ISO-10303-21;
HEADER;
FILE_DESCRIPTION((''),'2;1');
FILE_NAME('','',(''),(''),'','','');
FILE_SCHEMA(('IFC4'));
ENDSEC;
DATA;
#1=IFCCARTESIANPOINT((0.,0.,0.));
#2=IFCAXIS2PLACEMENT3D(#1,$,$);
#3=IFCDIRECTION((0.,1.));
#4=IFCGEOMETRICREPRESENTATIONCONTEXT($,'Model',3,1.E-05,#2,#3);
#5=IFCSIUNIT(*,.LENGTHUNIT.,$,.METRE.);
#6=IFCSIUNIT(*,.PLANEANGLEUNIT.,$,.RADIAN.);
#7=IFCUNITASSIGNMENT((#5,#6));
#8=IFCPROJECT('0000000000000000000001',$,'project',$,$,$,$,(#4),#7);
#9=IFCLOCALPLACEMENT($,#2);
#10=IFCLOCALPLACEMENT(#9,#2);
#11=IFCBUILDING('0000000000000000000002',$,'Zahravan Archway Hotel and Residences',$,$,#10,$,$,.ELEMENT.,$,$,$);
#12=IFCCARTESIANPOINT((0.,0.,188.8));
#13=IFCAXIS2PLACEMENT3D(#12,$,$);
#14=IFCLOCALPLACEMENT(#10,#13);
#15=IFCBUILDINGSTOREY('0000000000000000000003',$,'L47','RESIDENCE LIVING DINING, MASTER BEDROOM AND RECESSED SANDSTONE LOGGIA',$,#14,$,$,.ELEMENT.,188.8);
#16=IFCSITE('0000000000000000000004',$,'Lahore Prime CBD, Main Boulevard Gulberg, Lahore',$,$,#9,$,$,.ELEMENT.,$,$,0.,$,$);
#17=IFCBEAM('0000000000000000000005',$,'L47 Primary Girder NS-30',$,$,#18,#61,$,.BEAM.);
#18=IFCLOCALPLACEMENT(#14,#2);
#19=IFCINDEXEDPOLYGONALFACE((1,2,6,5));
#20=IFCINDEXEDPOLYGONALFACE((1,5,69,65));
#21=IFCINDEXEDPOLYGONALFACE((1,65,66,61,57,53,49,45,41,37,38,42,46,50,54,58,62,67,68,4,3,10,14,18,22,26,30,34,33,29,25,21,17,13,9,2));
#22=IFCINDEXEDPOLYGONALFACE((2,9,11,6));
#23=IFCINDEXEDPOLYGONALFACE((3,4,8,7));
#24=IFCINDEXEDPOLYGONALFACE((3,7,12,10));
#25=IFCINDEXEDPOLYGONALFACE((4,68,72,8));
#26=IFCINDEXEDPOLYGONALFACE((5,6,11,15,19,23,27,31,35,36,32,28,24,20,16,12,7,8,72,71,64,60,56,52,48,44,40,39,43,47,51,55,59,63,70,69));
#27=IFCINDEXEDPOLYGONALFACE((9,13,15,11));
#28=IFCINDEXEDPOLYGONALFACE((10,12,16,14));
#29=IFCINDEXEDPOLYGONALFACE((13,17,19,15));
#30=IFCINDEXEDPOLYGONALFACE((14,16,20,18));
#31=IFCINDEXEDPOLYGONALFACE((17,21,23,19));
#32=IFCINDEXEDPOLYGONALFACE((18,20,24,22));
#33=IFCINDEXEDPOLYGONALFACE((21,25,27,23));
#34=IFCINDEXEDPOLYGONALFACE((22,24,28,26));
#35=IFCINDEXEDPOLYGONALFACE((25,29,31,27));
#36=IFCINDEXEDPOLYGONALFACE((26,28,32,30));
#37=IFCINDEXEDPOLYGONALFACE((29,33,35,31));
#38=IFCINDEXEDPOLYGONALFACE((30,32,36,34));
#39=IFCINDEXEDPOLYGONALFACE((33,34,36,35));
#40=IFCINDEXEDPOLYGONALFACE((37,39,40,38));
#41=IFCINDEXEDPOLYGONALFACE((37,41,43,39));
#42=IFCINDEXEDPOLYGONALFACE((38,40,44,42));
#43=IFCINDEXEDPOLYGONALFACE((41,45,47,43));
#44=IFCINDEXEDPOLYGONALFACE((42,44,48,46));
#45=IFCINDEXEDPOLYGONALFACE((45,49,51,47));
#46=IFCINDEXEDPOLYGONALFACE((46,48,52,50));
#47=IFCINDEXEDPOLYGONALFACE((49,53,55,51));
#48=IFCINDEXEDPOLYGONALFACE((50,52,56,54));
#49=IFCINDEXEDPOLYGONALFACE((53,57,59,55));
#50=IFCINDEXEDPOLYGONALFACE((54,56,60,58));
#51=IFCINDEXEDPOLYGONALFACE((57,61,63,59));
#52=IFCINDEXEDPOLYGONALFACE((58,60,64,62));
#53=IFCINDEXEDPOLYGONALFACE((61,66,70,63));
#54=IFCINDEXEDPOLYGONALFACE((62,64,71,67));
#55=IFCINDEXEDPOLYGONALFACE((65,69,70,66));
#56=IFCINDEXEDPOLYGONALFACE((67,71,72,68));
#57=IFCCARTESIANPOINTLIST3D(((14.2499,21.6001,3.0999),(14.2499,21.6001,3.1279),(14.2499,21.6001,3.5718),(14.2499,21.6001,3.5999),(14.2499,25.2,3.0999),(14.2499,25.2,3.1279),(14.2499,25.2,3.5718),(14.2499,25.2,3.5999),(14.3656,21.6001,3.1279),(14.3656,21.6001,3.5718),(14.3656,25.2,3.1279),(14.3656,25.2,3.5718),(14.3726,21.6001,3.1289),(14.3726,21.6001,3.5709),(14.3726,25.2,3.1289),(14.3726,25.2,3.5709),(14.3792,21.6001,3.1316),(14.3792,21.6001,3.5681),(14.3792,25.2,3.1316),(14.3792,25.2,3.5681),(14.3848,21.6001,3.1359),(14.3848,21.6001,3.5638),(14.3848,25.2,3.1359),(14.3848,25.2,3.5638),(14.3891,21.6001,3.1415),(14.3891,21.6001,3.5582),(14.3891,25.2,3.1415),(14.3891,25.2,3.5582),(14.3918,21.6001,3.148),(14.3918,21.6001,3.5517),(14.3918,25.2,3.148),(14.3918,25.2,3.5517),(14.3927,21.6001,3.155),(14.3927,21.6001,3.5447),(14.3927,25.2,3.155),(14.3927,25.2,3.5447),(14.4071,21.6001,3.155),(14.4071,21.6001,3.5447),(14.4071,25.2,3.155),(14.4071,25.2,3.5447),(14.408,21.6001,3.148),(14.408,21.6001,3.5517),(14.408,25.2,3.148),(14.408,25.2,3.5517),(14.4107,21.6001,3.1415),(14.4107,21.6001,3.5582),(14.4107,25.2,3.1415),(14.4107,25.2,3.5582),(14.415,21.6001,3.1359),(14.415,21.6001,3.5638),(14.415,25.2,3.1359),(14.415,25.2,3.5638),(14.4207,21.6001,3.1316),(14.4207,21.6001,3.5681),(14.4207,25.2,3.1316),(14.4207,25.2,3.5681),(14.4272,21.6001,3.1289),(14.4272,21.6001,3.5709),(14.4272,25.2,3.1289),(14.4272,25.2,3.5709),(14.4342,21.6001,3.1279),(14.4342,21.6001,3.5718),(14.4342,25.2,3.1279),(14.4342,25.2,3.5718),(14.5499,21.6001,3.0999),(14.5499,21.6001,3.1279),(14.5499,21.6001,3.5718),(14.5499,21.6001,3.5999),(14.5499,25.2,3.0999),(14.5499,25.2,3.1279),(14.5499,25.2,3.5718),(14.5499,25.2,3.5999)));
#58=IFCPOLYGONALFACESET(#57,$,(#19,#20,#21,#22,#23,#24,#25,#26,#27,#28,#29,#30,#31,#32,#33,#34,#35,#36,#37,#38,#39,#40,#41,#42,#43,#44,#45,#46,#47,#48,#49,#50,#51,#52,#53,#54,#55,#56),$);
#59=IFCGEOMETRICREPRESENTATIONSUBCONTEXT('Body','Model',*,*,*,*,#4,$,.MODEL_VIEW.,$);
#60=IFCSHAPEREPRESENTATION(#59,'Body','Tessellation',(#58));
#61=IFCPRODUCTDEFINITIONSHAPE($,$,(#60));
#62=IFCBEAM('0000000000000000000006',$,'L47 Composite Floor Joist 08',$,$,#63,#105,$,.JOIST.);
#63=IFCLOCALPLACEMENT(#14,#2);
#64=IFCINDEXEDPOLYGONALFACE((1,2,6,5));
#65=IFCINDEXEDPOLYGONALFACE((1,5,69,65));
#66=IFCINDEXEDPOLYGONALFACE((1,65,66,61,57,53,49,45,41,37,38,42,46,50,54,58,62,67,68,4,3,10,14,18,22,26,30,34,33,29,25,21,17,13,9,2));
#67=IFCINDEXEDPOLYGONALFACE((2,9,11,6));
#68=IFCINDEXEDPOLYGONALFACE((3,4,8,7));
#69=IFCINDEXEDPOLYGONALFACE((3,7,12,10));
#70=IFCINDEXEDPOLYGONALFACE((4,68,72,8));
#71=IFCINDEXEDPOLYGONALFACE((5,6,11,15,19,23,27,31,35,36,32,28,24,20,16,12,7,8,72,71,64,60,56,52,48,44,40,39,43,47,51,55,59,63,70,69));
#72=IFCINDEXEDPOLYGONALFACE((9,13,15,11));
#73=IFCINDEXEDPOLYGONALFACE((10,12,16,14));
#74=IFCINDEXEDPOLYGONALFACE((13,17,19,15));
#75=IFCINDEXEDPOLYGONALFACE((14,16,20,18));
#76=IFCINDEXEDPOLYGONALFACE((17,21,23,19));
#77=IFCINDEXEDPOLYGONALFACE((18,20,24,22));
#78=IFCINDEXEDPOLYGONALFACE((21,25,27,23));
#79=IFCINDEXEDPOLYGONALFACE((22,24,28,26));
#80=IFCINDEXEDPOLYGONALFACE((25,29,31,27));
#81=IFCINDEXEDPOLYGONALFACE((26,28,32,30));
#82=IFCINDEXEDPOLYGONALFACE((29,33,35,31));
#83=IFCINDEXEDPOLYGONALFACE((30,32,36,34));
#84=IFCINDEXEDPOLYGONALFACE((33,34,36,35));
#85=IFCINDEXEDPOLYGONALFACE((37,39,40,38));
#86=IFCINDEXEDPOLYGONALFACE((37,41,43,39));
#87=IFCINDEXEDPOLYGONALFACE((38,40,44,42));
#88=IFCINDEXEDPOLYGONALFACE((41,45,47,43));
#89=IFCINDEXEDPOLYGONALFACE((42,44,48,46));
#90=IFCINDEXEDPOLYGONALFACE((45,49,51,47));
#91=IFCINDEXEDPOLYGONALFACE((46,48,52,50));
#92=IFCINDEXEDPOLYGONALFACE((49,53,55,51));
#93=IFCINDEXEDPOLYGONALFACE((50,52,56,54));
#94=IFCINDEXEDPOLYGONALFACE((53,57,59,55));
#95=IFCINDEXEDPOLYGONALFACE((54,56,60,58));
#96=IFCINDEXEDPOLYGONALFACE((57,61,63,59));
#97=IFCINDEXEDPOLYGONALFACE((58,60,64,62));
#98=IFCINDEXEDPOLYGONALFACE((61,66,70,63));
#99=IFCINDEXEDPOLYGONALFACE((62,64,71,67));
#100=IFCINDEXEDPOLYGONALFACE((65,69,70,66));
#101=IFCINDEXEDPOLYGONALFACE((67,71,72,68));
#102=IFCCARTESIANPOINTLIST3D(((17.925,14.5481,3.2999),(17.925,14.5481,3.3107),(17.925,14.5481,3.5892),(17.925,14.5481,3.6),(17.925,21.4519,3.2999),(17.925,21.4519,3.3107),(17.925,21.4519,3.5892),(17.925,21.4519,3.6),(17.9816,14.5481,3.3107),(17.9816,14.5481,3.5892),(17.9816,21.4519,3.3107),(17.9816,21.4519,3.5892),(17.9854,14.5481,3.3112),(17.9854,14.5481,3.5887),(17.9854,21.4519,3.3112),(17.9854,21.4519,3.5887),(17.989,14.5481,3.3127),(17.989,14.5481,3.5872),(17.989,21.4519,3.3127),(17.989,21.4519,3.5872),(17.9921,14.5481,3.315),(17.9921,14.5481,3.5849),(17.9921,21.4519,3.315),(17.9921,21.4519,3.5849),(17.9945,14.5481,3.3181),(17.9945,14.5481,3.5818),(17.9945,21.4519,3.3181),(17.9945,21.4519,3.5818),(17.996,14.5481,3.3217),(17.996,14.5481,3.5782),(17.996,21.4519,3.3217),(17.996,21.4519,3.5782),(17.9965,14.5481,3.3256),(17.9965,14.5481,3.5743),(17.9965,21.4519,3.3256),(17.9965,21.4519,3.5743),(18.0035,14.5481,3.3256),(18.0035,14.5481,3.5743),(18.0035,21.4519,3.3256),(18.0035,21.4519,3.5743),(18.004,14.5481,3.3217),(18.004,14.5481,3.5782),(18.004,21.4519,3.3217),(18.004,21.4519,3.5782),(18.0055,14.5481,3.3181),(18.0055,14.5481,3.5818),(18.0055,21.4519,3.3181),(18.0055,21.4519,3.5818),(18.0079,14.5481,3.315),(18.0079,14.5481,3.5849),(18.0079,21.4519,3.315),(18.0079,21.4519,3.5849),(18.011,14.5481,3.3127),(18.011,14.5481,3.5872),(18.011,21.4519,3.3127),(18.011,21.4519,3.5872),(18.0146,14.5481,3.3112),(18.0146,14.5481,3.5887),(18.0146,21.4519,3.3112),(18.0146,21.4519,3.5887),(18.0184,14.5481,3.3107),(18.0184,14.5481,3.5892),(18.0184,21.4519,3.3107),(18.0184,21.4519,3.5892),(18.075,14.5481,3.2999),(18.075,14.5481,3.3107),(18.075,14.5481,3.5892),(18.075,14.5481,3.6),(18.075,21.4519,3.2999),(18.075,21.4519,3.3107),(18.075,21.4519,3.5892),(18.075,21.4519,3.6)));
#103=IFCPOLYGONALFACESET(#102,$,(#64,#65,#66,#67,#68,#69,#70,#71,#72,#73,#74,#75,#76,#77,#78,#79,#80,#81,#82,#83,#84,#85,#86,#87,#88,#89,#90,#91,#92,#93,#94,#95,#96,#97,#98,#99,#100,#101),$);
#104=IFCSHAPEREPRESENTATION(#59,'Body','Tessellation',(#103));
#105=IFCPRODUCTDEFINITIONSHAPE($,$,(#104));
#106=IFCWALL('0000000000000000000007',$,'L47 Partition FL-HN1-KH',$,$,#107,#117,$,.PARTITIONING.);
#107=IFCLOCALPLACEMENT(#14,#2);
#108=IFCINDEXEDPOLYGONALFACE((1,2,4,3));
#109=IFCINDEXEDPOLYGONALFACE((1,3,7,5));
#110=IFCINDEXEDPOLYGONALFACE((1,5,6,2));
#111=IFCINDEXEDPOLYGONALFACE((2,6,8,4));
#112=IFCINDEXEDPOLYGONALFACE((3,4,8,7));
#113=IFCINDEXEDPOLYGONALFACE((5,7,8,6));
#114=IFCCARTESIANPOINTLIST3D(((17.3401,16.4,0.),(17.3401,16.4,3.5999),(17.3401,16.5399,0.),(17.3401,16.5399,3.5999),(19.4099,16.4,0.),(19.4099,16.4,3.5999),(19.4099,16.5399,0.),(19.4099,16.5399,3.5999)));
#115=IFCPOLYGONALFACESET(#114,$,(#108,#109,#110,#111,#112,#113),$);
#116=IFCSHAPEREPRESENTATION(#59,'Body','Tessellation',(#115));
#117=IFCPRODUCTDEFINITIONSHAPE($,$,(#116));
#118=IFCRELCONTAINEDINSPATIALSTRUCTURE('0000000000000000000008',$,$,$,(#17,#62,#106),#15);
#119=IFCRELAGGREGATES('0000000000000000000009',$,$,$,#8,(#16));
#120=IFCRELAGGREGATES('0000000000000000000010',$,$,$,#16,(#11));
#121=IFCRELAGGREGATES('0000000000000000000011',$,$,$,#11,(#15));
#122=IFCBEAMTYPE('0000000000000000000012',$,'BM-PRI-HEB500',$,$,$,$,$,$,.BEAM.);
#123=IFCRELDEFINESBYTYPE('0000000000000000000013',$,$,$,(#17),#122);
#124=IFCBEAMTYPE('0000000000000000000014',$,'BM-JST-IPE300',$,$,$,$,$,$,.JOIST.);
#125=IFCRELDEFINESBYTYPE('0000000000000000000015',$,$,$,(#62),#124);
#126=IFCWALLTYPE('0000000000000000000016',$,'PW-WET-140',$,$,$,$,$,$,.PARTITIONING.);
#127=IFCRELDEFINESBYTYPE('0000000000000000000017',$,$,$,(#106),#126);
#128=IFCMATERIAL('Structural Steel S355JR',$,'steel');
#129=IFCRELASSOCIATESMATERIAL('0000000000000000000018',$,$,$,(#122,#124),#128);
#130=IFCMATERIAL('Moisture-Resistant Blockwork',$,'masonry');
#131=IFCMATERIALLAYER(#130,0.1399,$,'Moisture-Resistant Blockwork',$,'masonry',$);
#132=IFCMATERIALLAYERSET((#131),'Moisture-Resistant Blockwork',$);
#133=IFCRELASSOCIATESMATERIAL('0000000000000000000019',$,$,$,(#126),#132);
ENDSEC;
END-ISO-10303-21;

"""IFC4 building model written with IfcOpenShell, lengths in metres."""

from ifc_helpers import new_model, si_unit, direction, frame, frame_2d, origin, origin_2d, place, context, subcontext, project, spatial, rectangle, i_section, extrude, source, transform, mapped, material, layer, layer_set, material_profile, profile_set, type_object, element, save


model = new_model("IFC4")

# Units and contexts
model_context = context("Model", 3, precision=1e-05, world=origin(), true_north=direction((0.0, 1.0)))
body_context = subcontext(model_context, "Body", "Model", "MODEL_VIEW")
ifc_project = project(units=[si_unit("LENGTHUNIT", "METRE"), si_unit("PLANEANGLEUNIT", "RADIAN")], contexts=[model_context])

# Site, building, storey
site_placement = place(None, origin())
site = spatial("IfcSite", under=ifc_project, at=site_placement, Name="Lahore Prime CBD, Main Boulevard Gulberg, Lahore", CompositionType="ELEMENT", RefElevation=0.0)
building_placement = place(site_placement, origin())
building = spatial("IfcBuilding", under=site, at=building_placement, Name="Zahravan Archway Hotel and Residences", CompositionType="ELEMENT")
storey_placement = place(building_placement, frame((0.0, 0.0, 188.8)))
storey = spatial("IfcBuildingStorey", under=building, at=storey_placement, Name="L47", Description="RESIDENCE LIVING DINING, MASTER BEDROOM AND RECESSED SANDSTONE LOGGIA", CompositionType="ELEMENT", Elevation=188.8)

# Beams
ifc_material_1 = material(Name="Structural Steel S355JR", Category="steel")
ifc_material_profile_1 = material_profile(ifc_material_1, i_section(OverallWidth=0.3, OverallDepth=0.5, WebThickness=0.0144, FlangeThickness=0.0281, FilletRadius=0.0271, at=origin_2d()), Name="HEB 500", Category="steel")
ifc_profile_set_1 = profile_set([ifc_material_profile_1], Name="Structural Steel S355JR")
beam_type_1 = type_object("IfcBeamType", Name="BM-PRI-HEB500", PredefinedType="BEAM", material=ifc_profile_set_1)
shared_shape_1 = source(origin(), body_context, "Body", "SweptSolid", [
    extrude(i_section(OverallWidth=0.3, OverallDepth=0.5, WebThickness=0.0144, FlangeThickness=0.0281, FilletRadius=0.0271, at=origin_2d()), origin(), (0.0, 0.0, 1.0), 3.5999),
])
beam_1_placement = place(storey_placement, frame((14.3999, 21.6001, 3.3499), z_axis=(0.0, 1.0, 0.0), x_axis=(-1.0, 0.0, 0.0)))
element("IfcBeam", 1, at=beam_1_placement, inside=storey, type_object=beam_type_1, Name="L47 Primary Girder NS-30", PredefinedType="BEAM", context=body_context, shape_type="MappedRepresentation", body=[
    mapped(shared_shape_1, transform((0.0, 0.0, 0.0), scale=1.0)),
])
ifc_material_profile_2 = material_profile(ifc_material_1, i_section(OverallWidth=0.1499, OverallDepth=0.3, WebThickness=0.0071, FlangeThickness=0.0107, FilletRadius=0.0149, at=origin_2d()), Name="IPE 300", Category="steel")
ifc_profile_set_2 = profile_set([ifc_material_profile_2], Name="Structural Steel S355JR")
beam_type_2 = type_object("IfcBeamType", Name="BM-JST-IPE300", PredefinedType="JOIST", material=ifc_profile_set_2)
shared_shape_2 = source(origin(), body_context, "Body", "SweptSolid", [
    extrude(i_section(OverallWidth=0.1499, OverallDepth=0.3, WebThickness=0.0071, FlangeThickness=0.0107, FilletRadius=0.0149, at=origin_2d()), origin(), (0.0, 0.0, 1.0), 6.9038),
])
beam_2_placement = place(storey_placement, frame((18.0, 14.5481, 3.45), z_axis=(0.0, 1.0, 0.0), x_axis=(-1.0, 0.0, 0.0)))
element("IfcBeam", 2, at=beam_2_placement, inside=storey, type_object=beam_type_2, Name="L47 Composite Floor Joist 08", PredefinedType="JOIST", context=body_context, shape_type="MappedRepresentation", body=[
    mapped(shared_shape_2, transform((0.0, 0.0, 0.0), scale=1.0)),
])

# Wall
ifc_material_2 = material(Name="Moisture-Resistant Blockwork", Category="masonry")
ifc_layer = layer(ifc_material_2, 0.1399, Name="Moisture-Resistant Blockwork", Category="masonry")
ifc_layer_set = layer_set([ifc_layer], Name="Moisture-Resistant Blockwork")
wall_type = type_object("IfcWallType", Name="PW-WET-140", PredefinedType="PARTITIONING", material=ifc_layer_set)
wall_placement = place(storey_placement, frame((17.3401, 16.47, 0.0), z_axis=(0.0, 0.0, 1.0), x_axis=(1.0, 0.0, 0.0)))
element("IfcWall", 3, at=wall_placement, inside=storey, type_object=wall_type, Name="L47 Partition FL-HN1-KH", PredefinedType="PARTITIONING", context=body_context, shape_type="SweptSolid", body=[
    extrude(rectangle(XDim=2.0698, YDim=0.1399, at=frame_2d((1.0349, 0.0))), origin(), (0.0, 0.0, 1.0), 3.5999),
])

save(model, "model.ifc")
